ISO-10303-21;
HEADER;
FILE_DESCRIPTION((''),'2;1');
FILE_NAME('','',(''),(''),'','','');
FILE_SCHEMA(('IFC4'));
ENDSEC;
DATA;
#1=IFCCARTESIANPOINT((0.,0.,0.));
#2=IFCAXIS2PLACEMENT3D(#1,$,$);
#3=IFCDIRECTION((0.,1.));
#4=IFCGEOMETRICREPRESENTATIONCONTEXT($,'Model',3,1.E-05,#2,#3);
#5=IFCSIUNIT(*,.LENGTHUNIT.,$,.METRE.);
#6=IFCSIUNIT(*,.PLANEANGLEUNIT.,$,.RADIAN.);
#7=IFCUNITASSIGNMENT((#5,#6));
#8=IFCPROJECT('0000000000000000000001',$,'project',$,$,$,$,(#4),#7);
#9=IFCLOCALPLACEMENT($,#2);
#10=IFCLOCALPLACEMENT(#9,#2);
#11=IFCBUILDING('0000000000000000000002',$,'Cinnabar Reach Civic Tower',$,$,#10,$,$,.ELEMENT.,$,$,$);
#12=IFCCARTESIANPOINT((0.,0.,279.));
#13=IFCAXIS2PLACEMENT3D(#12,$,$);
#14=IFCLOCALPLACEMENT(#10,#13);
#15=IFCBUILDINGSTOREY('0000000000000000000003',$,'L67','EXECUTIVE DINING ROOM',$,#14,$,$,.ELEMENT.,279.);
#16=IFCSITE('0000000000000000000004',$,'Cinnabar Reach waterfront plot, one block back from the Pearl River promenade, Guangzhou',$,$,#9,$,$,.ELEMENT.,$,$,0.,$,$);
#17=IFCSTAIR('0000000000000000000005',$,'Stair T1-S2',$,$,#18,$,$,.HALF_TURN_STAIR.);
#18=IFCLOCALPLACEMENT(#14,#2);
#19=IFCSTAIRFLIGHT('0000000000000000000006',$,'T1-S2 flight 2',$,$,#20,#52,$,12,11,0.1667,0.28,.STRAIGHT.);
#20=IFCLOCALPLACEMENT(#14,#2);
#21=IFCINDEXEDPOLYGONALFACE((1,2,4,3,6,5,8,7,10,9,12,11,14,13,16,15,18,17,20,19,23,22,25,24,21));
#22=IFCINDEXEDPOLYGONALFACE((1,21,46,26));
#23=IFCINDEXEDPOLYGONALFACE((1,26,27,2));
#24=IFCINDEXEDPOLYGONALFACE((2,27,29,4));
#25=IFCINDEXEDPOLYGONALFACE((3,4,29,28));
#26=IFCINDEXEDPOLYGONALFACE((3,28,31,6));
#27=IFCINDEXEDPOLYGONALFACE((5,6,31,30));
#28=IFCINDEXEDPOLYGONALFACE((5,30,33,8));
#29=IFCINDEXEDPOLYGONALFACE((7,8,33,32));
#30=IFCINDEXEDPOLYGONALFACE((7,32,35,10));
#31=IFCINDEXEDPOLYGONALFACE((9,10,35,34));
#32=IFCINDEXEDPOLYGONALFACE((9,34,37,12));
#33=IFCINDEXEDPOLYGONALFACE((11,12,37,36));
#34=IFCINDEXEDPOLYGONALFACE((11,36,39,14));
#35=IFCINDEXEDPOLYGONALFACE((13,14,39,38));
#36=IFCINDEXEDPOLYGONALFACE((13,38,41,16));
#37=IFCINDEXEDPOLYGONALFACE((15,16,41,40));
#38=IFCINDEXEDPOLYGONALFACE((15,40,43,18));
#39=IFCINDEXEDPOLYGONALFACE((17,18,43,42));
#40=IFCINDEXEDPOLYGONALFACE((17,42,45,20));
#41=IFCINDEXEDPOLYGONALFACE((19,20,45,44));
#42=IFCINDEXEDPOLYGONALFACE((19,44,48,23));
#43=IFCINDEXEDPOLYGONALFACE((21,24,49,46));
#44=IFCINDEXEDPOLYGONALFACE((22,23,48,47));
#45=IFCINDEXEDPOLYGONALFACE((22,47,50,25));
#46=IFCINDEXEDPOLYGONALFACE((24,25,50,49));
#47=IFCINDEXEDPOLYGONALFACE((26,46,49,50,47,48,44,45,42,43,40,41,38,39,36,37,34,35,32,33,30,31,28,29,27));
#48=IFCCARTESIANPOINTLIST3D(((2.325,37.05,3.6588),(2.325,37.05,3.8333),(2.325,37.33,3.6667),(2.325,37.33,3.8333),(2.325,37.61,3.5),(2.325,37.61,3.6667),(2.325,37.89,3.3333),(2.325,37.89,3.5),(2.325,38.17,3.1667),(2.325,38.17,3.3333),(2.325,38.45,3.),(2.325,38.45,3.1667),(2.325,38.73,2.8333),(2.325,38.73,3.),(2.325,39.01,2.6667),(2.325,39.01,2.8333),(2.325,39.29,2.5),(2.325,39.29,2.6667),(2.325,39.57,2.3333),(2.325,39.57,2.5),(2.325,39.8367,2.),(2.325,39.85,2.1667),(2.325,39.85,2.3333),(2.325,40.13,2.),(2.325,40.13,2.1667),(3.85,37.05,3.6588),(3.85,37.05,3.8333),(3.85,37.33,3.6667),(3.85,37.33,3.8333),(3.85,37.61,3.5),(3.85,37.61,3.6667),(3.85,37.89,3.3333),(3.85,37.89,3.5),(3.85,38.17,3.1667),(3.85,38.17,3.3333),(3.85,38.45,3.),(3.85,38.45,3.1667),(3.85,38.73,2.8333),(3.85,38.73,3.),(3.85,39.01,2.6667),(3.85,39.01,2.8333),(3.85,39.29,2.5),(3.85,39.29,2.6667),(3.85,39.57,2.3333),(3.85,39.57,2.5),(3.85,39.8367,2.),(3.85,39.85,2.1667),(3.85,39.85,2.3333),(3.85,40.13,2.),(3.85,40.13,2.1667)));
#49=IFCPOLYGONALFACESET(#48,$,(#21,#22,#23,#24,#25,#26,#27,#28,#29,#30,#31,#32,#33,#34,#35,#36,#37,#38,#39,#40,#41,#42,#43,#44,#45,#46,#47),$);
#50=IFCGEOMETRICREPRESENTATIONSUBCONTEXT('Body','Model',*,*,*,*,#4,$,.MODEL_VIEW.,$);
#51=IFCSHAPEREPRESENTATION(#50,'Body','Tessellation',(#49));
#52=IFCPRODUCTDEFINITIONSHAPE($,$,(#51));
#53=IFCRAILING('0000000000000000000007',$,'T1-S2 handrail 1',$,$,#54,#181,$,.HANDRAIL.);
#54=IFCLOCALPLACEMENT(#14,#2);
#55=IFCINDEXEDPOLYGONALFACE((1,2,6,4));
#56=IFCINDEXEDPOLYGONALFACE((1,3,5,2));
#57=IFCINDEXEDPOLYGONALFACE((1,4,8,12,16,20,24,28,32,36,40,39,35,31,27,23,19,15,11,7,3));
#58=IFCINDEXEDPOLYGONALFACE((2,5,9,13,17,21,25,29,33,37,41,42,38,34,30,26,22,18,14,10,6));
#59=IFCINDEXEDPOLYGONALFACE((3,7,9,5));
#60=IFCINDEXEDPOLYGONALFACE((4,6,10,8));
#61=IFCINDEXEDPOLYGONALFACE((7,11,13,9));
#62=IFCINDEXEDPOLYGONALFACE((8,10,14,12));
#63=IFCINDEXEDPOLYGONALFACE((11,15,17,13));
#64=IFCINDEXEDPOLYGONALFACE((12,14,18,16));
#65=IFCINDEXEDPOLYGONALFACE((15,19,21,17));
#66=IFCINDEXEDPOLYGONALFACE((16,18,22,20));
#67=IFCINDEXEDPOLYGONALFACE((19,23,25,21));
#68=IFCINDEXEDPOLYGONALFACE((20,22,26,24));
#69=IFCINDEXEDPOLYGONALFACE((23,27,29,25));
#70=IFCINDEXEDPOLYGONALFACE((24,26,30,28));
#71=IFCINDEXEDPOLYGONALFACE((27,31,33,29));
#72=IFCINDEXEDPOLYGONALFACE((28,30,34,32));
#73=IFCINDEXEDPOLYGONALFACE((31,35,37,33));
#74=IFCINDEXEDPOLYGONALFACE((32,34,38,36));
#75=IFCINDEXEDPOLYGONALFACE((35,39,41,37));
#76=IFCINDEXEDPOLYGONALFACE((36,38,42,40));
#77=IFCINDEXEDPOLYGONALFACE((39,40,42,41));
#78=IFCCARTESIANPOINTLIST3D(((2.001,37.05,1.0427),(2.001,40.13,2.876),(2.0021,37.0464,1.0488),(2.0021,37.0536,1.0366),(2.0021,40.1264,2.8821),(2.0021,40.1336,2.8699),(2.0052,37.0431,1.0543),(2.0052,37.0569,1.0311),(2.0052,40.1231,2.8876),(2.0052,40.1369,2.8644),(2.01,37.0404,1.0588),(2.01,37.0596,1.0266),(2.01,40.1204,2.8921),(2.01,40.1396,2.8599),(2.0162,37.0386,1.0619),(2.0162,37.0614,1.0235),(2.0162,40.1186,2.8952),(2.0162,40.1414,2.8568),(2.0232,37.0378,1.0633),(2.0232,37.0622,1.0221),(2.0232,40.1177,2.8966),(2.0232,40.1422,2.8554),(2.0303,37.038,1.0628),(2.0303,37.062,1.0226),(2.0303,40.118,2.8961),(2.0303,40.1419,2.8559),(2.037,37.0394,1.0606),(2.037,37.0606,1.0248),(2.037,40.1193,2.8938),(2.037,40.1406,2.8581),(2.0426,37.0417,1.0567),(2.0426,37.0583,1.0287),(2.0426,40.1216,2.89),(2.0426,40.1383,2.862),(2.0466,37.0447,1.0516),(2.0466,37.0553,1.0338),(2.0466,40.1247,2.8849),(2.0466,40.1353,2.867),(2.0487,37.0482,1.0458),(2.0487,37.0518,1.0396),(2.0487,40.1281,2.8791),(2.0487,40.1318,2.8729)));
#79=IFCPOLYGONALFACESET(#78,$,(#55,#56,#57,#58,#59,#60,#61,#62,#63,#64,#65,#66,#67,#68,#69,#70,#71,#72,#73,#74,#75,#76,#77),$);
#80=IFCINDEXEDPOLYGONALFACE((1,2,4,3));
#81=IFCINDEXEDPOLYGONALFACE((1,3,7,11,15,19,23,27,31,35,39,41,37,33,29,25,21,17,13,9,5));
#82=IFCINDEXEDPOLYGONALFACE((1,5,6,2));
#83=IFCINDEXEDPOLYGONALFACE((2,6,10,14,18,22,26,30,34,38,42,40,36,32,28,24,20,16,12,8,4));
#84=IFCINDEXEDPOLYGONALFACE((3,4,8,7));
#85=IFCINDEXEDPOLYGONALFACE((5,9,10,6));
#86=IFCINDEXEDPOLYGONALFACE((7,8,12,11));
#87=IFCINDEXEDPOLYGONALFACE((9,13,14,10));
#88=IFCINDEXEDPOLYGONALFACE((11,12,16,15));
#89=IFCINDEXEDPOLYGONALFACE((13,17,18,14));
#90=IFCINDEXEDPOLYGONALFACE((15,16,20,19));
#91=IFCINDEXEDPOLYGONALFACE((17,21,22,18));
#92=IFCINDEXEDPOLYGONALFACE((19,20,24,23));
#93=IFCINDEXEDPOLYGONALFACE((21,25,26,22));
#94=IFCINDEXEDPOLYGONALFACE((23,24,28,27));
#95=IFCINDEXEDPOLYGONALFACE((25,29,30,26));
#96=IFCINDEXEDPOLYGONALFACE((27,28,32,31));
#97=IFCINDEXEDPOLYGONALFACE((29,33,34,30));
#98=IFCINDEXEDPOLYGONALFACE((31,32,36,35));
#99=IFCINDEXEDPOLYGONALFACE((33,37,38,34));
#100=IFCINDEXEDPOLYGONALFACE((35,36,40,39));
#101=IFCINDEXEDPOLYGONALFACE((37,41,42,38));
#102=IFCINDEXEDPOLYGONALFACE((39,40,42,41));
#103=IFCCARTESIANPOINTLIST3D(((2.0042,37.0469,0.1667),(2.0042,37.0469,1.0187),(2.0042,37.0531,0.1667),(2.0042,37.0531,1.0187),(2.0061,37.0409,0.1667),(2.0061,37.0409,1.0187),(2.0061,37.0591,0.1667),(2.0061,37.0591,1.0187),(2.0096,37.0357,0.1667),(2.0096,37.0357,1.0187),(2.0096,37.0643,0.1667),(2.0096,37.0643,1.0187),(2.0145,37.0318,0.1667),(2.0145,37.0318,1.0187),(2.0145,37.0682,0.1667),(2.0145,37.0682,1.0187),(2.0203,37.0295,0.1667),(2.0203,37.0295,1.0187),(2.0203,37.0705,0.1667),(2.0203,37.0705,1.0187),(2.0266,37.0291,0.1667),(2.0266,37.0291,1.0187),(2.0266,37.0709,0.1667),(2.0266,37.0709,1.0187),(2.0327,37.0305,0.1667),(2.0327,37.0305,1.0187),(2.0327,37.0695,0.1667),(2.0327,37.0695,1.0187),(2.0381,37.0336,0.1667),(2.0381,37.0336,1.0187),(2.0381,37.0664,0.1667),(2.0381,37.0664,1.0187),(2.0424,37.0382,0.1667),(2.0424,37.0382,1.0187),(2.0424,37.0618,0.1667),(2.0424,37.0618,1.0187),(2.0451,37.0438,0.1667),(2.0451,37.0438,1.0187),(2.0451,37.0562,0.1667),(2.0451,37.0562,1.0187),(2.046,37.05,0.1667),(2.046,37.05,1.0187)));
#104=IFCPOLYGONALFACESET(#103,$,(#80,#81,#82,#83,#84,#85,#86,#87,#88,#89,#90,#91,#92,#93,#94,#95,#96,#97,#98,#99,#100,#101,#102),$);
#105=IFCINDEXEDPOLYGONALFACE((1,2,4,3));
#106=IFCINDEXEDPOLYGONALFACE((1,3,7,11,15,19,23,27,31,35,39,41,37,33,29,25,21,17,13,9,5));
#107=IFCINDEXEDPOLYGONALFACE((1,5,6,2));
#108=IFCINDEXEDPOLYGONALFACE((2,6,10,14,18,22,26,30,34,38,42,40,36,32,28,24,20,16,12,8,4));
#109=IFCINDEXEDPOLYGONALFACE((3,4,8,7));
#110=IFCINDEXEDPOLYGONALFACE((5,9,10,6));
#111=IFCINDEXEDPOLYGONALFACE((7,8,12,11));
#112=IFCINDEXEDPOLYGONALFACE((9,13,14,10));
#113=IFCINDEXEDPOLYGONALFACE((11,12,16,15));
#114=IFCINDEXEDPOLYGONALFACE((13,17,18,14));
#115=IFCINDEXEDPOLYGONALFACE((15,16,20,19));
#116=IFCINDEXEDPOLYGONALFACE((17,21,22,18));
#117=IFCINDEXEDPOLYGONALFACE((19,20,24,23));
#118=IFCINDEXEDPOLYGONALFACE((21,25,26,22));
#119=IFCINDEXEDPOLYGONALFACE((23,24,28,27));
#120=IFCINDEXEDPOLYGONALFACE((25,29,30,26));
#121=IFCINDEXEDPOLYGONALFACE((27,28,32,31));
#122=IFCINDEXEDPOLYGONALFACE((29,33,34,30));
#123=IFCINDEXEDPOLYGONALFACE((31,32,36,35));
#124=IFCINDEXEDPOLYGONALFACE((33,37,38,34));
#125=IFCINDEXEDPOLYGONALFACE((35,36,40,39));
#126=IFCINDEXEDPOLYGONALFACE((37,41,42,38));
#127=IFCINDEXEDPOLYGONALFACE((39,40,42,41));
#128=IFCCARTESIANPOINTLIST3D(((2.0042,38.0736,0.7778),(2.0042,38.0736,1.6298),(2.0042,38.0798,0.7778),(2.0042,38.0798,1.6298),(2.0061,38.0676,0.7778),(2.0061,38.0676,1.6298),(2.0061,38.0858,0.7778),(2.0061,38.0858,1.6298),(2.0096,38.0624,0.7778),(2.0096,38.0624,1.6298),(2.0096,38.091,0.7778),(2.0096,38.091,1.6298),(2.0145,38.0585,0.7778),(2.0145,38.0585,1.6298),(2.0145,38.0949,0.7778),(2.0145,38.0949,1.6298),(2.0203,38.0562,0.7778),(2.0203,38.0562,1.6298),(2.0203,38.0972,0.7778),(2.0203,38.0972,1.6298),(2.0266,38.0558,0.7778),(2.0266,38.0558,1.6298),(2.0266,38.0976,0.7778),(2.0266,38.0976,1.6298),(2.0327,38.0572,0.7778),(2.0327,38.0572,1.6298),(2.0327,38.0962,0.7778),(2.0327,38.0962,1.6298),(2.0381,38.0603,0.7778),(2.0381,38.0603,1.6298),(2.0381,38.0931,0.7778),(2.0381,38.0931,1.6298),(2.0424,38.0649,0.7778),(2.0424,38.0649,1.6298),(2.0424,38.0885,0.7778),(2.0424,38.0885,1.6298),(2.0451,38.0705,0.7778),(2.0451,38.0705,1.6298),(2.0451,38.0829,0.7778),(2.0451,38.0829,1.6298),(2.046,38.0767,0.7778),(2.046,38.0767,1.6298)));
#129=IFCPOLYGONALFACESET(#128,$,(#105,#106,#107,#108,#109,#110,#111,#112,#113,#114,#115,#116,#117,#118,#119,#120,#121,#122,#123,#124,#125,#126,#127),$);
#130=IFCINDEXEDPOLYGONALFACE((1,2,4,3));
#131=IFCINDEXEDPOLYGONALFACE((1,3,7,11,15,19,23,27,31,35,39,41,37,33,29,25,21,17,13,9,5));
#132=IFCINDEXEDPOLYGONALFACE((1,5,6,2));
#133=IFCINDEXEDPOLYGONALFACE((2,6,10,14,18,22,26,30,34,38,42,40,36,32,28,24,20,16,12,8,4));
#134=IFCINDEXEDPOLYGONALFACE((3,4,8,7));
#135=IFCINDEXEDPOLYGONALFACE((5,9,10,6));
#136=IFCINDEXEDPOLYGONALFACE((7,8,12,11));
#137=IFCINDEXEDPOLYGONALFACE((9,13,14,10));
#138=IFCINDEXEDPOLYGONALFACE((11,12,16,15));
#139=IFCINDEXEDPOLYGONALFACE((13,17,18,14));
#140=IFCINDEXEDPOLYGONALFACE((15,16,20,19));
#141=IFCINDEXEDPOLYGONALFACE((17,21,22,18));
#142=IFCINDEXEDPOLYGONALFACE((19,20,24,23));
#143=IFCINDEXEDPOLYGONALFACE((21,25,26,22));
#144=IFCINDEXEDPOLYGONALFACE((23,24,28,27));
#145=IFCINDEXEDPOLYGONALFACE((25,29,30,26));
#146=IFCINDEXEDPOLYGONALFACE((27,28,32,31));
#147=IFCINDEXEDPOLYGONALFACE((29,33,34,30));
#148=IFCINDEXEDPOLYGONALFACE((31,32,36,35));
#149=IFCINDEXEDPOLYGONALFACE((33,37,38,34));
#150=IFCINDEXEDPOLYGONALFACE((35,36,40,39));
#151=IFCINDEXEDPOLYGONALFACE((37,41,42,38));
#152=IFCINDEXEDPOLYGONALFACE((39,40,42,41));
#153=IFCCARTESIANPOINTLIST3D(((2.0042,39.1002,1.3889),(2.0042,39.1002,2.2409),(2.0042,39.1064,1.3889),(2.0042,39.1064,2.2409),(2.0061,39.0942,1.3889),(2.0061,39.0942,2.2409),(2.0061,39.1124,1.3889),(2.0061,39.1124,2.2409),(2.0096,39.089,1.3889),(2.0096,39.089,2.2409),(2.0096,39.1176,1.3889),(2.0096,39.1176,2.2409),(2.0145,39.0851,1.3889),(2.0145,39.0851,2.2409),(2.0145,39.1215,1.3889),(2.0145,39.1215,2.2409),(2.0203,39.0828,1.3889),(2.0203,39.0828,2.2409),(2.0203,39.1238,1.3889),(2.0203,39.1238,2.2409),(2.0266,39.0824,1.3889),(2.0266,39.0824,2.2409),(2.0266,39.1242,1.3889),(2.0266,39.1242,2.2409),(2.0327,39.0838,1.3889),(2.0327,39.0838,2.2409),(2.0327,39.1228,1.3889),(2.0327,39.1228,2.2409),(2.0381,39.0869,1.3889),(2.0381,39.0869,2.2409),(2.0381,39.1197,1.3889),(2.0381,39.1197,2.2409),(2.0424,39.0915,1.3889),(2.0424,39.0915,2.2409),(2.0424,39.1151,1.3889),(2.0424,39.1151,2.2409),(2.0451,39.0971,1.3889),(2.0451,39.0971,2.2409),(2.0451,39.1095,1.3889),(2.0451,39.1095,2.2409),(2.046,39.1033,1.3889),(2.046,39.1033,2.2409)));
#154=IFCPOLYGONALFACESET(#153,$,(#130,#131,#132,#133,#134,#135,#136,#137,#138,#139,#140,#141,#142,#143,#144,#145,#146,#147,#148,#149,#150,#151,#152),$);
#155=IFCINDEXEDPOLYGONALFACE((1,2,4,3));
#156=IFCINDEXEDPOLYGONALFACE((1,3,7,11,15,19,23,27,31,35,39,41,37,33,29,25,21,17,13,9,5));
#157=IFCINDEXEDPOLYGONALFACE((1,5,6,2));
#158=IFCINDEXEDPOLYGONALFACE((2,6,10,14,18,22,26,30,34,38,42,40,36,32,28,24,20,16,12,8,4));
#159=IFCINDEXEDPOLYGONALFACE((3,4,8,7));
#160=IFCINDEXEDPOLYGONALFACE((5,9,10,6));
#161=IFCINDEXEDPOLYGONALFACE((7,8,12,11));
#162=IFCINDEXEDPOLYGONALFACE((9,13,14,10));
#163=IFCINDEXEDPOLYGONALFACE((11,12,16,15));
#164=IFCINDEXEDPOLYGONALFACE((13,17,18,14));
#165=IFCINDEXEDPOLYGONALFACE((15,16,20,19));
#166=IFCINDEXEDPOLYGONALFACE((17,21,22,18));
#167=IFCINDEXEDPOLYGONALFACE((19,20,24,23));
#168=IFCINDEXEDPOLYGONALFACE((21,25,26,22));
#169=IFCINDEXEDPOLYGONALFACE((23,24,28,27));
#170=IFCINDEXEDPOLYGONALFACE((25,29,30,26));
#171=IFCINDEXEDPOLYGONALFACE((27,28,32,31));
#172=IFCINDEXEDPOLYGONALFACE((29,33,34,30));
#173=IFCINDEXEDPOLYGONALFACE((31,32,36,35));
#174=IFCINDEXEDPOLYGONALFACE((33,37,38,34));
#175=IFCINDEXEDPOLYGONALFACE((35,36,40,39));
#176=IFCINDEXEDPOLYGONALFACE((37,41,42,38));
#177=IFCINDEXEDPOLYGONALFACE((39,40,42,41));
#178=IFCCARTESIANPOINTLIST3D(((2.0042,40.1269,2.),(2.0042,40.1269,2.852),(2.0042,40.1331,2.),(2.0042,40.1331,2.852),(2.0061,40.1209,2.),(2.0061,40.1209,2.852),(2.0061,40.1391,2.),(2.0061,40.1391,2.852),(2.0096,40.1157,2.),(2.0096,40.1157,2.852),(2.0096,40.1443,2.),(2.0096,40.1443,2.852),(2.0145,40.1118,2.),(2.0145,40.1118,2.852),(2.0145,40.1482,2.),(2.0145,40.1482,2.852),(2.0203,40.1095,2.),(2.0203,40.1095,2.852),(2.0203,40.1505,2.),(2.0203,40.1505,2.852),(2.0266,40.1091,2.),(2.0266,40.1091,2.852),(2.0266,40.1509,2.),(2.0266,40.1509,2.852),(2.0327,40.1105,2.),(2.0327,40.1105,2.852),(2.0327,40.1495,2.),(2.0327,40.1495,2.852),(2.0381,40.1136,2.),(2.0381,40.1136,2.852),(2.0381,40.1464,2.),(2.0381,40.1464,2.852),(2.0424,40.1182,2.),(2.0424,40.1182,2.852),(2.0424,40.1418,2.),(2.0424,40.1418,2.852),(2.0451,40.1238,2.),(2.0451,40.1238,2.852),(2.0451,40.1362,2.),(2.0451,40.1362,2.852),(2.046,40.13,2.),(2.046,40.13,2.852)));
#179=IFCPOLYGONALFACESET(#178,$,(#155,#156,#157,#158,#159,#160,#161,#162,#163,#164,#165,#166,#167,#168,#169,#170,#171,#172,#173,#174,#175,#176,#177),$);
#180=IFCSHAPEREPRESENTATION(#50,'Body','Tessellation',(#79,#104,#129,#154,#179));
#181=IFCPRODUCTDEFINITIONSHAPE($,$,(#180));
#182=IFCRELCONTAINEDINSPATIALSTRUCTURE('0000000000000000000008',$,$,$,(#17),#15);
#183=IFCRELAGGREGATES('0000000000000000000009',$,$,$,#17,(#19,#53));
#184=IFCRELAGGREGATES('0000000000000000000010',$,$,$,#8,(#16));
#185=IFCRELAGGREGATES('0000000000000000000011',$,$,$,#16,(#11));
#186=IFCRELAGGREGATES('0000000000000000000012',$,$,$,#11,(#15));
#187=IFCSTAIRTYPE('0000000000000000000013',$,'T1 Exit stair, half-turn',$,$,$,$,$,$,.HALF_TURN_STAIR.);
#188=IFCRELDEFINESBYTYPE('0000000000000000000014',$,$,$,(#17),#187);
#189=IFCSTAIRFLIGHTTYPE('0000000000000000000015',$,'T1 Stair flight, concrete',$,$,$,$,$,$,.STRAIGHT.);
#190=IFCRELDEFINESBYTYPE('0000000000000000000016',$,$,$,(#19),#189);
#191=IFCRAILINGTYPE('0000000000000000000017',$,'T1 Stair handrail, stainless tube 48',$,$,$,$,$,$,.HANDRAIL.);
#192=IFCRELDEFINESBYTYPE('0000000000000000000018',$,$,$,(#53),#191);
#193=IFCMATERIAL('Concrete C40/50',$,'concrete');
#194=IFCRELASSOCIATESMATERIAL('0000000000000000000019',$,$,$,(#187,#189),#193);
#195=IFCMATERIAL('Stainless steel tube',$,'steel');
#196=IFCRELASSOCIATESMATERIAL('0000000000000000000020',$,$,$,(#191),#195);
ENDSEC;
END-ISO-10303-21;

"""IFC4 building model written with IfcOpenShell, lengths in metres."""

from ifc_helpers import new_model, si_unit, direction, frame, origin, origin_2d, place, context, subcontext, project, spatial, polyline, circle, outline, extrude, material, type_object, element, aggregate, save


model = new_model("IFC4")

# Units and contexts
model_context = context("Model", 3, precision=1e-05, world=origin(), true_north=direction((0.0, 1.0)))
body_context = subcontext(model_context, "Body", "Model", "MODEL_VIEW")
ifc_project = project(units=[si_unit("LENGTHUNIT", "METRE"), si_unit("PLANEANGLEUNIT", "RADIAN")], contexts=[model_context])

# Site, building, storey
site_placement = place(None, origin())
site = spatial("IfcSite", under=ifc_project, at=site_placement, Name="Cinnabar Reach waterfront plot, one block back from the Pearl River promenade, Guangzhou", CompositionType="ELEMENT", RefElevation=0.0)
building_placement = place(site_placement, origin())
building = spatial("IfcBuilding", under=site, at=building_placement, Name="Cinnabar Reach Civic Tower", CompositionType="ELEMENT")
storey_placement = place(building_placement, frame((0.0, 0.0, 279.0)))
storey = spatial("IfcBuildingStorey", under=building, at=storey_placement, Name="L67", Description="EXECUTIVE DINING ROOM", CompositionType="ELEMENT", Elevation=279.0)

# Shared definitions
ifc_material_1 = material(Name="Concrete C40/50", Category="concrete")

# Stair, stair flight, railing
stair_type = type_object("IfcStairType", Name="T1 Exit stair, half-turn", PredefinedType="HALF_TURN_STAIR", material=ifc_material_1)
stair_placement = place(storey_placement, origin())
stair = element("IfcStair", 1, at=stair_placement, inside=storey, type_object=stair_type, Name="Stair T1-S2", PredefinedType="HALF_TURN_STAIR")
stair_flight_type = type_object("IfcStairFlightType", Name="T1 Stair flight, concrete", PredefinedType="STRAIGHT", material=ifc_material_1)
stair_flight_1_placement = place(storey_placement, frame((3.0875, 40.13, 2.0), z_axis=(0.0, 0.0, 1.0), x_axis=(0.0, -1.0, 0.0)))
stair_flight_1 = element("IfcStairFlight", 2, at=stair_flight_1_placement, type_object=stair_flight_type, Name="T1-S2 flight 2", NumberOfRisers=12, NumberOfTreads=11, PredefinedType="STRAIGHT", RiserHeight=0.1667, TreadLength=0.28, context=body_context, shape_type="SweptSolid", body=[
    extrude(outline(polyline([(0.0, 0.0), (0.0, 0.1667), (0.28, 0.1667), (0.28, 0.3333), (0.56, 0.3333), (0.56, 0.5), (0.84, 0.5), (0.84, 0.6667), (1.12, 0.6667), (1.12, 0.8333), (1.4, 0.8333), (1.4, 1.0), (1.68, 1.0), (1.68, 1.1667), (1.96, 1.1667), (1.96, 1.3333), (2.24, 1.3333), (2.24, 1.5), (2.52, 1.5), (2.52, 1.6667), (2.8, 1.6667), (2.8, 1.8333), (3.08, 1.8333), (3.08, 2.0), (3.08, 1.6588), (0.2933, 0.0), (0.0, 0.0)])), frame((0.0, 0.7625, 0.0), z_axis=(0.0, -1.0, 0.0), x_axis=(1.0, 0.0, 0.0)), (0.0, 0.0, 1.0), 1.525),
])
ifc_material_2 = material(Name="Stainless steel tube", Category="steel")
railing_type = type_object("IfcRailingType", Name="T1 Stair handrail, stainless tube 48", PredefinedType="HANDRAIL", material=ifc_material_2)
railing_1_placement = place(storey_placement, frame((2.025, 37.05, 0.1667)))
railing_1 = element("IfcRailing", 3, at=railing_1_placement, type_object=railing_type, Name="T1-S2 handrail 1", PredefinedType="HANDRAIL", context=body_context, shape_type="SweptSolid", body=[
    extrude(circle(Radius=0.024, at=origin_2d()), frame((0.0, 0.0, 0.876), z_axis=(0.0, 0.859297, 0.511477), x_axis=(-1.0, 0.0, 0.0)), (0.0, 0.0, 1.0), 3.5843),
    extrude(circle(Radius=0.021, at=origin_2d()), origin(), (0.0, 0.0, 1.0), 0.852),
    extrude(circle(Radius=0.021, at=origin_2d()), frame((0.0, 1.0267, 0.6111)), (0.0, 0.0, 1.0), 0.852),
    extrude(circle(Radius=0.021, at=origin_2d()), frame((0.0, 2.0533, 1.2222)), (0.0, 0.0, 1.0), 0.852),
    extrude(circle(Radius=0.021, at=origin_2d()), frame((0.0, 3.08, 1.8333)), (0.0, 0.0, 1.0), 0.852),
])
aggregate(stair, [stair_flight_1, railing_1])

save(model, "model.ifc")
